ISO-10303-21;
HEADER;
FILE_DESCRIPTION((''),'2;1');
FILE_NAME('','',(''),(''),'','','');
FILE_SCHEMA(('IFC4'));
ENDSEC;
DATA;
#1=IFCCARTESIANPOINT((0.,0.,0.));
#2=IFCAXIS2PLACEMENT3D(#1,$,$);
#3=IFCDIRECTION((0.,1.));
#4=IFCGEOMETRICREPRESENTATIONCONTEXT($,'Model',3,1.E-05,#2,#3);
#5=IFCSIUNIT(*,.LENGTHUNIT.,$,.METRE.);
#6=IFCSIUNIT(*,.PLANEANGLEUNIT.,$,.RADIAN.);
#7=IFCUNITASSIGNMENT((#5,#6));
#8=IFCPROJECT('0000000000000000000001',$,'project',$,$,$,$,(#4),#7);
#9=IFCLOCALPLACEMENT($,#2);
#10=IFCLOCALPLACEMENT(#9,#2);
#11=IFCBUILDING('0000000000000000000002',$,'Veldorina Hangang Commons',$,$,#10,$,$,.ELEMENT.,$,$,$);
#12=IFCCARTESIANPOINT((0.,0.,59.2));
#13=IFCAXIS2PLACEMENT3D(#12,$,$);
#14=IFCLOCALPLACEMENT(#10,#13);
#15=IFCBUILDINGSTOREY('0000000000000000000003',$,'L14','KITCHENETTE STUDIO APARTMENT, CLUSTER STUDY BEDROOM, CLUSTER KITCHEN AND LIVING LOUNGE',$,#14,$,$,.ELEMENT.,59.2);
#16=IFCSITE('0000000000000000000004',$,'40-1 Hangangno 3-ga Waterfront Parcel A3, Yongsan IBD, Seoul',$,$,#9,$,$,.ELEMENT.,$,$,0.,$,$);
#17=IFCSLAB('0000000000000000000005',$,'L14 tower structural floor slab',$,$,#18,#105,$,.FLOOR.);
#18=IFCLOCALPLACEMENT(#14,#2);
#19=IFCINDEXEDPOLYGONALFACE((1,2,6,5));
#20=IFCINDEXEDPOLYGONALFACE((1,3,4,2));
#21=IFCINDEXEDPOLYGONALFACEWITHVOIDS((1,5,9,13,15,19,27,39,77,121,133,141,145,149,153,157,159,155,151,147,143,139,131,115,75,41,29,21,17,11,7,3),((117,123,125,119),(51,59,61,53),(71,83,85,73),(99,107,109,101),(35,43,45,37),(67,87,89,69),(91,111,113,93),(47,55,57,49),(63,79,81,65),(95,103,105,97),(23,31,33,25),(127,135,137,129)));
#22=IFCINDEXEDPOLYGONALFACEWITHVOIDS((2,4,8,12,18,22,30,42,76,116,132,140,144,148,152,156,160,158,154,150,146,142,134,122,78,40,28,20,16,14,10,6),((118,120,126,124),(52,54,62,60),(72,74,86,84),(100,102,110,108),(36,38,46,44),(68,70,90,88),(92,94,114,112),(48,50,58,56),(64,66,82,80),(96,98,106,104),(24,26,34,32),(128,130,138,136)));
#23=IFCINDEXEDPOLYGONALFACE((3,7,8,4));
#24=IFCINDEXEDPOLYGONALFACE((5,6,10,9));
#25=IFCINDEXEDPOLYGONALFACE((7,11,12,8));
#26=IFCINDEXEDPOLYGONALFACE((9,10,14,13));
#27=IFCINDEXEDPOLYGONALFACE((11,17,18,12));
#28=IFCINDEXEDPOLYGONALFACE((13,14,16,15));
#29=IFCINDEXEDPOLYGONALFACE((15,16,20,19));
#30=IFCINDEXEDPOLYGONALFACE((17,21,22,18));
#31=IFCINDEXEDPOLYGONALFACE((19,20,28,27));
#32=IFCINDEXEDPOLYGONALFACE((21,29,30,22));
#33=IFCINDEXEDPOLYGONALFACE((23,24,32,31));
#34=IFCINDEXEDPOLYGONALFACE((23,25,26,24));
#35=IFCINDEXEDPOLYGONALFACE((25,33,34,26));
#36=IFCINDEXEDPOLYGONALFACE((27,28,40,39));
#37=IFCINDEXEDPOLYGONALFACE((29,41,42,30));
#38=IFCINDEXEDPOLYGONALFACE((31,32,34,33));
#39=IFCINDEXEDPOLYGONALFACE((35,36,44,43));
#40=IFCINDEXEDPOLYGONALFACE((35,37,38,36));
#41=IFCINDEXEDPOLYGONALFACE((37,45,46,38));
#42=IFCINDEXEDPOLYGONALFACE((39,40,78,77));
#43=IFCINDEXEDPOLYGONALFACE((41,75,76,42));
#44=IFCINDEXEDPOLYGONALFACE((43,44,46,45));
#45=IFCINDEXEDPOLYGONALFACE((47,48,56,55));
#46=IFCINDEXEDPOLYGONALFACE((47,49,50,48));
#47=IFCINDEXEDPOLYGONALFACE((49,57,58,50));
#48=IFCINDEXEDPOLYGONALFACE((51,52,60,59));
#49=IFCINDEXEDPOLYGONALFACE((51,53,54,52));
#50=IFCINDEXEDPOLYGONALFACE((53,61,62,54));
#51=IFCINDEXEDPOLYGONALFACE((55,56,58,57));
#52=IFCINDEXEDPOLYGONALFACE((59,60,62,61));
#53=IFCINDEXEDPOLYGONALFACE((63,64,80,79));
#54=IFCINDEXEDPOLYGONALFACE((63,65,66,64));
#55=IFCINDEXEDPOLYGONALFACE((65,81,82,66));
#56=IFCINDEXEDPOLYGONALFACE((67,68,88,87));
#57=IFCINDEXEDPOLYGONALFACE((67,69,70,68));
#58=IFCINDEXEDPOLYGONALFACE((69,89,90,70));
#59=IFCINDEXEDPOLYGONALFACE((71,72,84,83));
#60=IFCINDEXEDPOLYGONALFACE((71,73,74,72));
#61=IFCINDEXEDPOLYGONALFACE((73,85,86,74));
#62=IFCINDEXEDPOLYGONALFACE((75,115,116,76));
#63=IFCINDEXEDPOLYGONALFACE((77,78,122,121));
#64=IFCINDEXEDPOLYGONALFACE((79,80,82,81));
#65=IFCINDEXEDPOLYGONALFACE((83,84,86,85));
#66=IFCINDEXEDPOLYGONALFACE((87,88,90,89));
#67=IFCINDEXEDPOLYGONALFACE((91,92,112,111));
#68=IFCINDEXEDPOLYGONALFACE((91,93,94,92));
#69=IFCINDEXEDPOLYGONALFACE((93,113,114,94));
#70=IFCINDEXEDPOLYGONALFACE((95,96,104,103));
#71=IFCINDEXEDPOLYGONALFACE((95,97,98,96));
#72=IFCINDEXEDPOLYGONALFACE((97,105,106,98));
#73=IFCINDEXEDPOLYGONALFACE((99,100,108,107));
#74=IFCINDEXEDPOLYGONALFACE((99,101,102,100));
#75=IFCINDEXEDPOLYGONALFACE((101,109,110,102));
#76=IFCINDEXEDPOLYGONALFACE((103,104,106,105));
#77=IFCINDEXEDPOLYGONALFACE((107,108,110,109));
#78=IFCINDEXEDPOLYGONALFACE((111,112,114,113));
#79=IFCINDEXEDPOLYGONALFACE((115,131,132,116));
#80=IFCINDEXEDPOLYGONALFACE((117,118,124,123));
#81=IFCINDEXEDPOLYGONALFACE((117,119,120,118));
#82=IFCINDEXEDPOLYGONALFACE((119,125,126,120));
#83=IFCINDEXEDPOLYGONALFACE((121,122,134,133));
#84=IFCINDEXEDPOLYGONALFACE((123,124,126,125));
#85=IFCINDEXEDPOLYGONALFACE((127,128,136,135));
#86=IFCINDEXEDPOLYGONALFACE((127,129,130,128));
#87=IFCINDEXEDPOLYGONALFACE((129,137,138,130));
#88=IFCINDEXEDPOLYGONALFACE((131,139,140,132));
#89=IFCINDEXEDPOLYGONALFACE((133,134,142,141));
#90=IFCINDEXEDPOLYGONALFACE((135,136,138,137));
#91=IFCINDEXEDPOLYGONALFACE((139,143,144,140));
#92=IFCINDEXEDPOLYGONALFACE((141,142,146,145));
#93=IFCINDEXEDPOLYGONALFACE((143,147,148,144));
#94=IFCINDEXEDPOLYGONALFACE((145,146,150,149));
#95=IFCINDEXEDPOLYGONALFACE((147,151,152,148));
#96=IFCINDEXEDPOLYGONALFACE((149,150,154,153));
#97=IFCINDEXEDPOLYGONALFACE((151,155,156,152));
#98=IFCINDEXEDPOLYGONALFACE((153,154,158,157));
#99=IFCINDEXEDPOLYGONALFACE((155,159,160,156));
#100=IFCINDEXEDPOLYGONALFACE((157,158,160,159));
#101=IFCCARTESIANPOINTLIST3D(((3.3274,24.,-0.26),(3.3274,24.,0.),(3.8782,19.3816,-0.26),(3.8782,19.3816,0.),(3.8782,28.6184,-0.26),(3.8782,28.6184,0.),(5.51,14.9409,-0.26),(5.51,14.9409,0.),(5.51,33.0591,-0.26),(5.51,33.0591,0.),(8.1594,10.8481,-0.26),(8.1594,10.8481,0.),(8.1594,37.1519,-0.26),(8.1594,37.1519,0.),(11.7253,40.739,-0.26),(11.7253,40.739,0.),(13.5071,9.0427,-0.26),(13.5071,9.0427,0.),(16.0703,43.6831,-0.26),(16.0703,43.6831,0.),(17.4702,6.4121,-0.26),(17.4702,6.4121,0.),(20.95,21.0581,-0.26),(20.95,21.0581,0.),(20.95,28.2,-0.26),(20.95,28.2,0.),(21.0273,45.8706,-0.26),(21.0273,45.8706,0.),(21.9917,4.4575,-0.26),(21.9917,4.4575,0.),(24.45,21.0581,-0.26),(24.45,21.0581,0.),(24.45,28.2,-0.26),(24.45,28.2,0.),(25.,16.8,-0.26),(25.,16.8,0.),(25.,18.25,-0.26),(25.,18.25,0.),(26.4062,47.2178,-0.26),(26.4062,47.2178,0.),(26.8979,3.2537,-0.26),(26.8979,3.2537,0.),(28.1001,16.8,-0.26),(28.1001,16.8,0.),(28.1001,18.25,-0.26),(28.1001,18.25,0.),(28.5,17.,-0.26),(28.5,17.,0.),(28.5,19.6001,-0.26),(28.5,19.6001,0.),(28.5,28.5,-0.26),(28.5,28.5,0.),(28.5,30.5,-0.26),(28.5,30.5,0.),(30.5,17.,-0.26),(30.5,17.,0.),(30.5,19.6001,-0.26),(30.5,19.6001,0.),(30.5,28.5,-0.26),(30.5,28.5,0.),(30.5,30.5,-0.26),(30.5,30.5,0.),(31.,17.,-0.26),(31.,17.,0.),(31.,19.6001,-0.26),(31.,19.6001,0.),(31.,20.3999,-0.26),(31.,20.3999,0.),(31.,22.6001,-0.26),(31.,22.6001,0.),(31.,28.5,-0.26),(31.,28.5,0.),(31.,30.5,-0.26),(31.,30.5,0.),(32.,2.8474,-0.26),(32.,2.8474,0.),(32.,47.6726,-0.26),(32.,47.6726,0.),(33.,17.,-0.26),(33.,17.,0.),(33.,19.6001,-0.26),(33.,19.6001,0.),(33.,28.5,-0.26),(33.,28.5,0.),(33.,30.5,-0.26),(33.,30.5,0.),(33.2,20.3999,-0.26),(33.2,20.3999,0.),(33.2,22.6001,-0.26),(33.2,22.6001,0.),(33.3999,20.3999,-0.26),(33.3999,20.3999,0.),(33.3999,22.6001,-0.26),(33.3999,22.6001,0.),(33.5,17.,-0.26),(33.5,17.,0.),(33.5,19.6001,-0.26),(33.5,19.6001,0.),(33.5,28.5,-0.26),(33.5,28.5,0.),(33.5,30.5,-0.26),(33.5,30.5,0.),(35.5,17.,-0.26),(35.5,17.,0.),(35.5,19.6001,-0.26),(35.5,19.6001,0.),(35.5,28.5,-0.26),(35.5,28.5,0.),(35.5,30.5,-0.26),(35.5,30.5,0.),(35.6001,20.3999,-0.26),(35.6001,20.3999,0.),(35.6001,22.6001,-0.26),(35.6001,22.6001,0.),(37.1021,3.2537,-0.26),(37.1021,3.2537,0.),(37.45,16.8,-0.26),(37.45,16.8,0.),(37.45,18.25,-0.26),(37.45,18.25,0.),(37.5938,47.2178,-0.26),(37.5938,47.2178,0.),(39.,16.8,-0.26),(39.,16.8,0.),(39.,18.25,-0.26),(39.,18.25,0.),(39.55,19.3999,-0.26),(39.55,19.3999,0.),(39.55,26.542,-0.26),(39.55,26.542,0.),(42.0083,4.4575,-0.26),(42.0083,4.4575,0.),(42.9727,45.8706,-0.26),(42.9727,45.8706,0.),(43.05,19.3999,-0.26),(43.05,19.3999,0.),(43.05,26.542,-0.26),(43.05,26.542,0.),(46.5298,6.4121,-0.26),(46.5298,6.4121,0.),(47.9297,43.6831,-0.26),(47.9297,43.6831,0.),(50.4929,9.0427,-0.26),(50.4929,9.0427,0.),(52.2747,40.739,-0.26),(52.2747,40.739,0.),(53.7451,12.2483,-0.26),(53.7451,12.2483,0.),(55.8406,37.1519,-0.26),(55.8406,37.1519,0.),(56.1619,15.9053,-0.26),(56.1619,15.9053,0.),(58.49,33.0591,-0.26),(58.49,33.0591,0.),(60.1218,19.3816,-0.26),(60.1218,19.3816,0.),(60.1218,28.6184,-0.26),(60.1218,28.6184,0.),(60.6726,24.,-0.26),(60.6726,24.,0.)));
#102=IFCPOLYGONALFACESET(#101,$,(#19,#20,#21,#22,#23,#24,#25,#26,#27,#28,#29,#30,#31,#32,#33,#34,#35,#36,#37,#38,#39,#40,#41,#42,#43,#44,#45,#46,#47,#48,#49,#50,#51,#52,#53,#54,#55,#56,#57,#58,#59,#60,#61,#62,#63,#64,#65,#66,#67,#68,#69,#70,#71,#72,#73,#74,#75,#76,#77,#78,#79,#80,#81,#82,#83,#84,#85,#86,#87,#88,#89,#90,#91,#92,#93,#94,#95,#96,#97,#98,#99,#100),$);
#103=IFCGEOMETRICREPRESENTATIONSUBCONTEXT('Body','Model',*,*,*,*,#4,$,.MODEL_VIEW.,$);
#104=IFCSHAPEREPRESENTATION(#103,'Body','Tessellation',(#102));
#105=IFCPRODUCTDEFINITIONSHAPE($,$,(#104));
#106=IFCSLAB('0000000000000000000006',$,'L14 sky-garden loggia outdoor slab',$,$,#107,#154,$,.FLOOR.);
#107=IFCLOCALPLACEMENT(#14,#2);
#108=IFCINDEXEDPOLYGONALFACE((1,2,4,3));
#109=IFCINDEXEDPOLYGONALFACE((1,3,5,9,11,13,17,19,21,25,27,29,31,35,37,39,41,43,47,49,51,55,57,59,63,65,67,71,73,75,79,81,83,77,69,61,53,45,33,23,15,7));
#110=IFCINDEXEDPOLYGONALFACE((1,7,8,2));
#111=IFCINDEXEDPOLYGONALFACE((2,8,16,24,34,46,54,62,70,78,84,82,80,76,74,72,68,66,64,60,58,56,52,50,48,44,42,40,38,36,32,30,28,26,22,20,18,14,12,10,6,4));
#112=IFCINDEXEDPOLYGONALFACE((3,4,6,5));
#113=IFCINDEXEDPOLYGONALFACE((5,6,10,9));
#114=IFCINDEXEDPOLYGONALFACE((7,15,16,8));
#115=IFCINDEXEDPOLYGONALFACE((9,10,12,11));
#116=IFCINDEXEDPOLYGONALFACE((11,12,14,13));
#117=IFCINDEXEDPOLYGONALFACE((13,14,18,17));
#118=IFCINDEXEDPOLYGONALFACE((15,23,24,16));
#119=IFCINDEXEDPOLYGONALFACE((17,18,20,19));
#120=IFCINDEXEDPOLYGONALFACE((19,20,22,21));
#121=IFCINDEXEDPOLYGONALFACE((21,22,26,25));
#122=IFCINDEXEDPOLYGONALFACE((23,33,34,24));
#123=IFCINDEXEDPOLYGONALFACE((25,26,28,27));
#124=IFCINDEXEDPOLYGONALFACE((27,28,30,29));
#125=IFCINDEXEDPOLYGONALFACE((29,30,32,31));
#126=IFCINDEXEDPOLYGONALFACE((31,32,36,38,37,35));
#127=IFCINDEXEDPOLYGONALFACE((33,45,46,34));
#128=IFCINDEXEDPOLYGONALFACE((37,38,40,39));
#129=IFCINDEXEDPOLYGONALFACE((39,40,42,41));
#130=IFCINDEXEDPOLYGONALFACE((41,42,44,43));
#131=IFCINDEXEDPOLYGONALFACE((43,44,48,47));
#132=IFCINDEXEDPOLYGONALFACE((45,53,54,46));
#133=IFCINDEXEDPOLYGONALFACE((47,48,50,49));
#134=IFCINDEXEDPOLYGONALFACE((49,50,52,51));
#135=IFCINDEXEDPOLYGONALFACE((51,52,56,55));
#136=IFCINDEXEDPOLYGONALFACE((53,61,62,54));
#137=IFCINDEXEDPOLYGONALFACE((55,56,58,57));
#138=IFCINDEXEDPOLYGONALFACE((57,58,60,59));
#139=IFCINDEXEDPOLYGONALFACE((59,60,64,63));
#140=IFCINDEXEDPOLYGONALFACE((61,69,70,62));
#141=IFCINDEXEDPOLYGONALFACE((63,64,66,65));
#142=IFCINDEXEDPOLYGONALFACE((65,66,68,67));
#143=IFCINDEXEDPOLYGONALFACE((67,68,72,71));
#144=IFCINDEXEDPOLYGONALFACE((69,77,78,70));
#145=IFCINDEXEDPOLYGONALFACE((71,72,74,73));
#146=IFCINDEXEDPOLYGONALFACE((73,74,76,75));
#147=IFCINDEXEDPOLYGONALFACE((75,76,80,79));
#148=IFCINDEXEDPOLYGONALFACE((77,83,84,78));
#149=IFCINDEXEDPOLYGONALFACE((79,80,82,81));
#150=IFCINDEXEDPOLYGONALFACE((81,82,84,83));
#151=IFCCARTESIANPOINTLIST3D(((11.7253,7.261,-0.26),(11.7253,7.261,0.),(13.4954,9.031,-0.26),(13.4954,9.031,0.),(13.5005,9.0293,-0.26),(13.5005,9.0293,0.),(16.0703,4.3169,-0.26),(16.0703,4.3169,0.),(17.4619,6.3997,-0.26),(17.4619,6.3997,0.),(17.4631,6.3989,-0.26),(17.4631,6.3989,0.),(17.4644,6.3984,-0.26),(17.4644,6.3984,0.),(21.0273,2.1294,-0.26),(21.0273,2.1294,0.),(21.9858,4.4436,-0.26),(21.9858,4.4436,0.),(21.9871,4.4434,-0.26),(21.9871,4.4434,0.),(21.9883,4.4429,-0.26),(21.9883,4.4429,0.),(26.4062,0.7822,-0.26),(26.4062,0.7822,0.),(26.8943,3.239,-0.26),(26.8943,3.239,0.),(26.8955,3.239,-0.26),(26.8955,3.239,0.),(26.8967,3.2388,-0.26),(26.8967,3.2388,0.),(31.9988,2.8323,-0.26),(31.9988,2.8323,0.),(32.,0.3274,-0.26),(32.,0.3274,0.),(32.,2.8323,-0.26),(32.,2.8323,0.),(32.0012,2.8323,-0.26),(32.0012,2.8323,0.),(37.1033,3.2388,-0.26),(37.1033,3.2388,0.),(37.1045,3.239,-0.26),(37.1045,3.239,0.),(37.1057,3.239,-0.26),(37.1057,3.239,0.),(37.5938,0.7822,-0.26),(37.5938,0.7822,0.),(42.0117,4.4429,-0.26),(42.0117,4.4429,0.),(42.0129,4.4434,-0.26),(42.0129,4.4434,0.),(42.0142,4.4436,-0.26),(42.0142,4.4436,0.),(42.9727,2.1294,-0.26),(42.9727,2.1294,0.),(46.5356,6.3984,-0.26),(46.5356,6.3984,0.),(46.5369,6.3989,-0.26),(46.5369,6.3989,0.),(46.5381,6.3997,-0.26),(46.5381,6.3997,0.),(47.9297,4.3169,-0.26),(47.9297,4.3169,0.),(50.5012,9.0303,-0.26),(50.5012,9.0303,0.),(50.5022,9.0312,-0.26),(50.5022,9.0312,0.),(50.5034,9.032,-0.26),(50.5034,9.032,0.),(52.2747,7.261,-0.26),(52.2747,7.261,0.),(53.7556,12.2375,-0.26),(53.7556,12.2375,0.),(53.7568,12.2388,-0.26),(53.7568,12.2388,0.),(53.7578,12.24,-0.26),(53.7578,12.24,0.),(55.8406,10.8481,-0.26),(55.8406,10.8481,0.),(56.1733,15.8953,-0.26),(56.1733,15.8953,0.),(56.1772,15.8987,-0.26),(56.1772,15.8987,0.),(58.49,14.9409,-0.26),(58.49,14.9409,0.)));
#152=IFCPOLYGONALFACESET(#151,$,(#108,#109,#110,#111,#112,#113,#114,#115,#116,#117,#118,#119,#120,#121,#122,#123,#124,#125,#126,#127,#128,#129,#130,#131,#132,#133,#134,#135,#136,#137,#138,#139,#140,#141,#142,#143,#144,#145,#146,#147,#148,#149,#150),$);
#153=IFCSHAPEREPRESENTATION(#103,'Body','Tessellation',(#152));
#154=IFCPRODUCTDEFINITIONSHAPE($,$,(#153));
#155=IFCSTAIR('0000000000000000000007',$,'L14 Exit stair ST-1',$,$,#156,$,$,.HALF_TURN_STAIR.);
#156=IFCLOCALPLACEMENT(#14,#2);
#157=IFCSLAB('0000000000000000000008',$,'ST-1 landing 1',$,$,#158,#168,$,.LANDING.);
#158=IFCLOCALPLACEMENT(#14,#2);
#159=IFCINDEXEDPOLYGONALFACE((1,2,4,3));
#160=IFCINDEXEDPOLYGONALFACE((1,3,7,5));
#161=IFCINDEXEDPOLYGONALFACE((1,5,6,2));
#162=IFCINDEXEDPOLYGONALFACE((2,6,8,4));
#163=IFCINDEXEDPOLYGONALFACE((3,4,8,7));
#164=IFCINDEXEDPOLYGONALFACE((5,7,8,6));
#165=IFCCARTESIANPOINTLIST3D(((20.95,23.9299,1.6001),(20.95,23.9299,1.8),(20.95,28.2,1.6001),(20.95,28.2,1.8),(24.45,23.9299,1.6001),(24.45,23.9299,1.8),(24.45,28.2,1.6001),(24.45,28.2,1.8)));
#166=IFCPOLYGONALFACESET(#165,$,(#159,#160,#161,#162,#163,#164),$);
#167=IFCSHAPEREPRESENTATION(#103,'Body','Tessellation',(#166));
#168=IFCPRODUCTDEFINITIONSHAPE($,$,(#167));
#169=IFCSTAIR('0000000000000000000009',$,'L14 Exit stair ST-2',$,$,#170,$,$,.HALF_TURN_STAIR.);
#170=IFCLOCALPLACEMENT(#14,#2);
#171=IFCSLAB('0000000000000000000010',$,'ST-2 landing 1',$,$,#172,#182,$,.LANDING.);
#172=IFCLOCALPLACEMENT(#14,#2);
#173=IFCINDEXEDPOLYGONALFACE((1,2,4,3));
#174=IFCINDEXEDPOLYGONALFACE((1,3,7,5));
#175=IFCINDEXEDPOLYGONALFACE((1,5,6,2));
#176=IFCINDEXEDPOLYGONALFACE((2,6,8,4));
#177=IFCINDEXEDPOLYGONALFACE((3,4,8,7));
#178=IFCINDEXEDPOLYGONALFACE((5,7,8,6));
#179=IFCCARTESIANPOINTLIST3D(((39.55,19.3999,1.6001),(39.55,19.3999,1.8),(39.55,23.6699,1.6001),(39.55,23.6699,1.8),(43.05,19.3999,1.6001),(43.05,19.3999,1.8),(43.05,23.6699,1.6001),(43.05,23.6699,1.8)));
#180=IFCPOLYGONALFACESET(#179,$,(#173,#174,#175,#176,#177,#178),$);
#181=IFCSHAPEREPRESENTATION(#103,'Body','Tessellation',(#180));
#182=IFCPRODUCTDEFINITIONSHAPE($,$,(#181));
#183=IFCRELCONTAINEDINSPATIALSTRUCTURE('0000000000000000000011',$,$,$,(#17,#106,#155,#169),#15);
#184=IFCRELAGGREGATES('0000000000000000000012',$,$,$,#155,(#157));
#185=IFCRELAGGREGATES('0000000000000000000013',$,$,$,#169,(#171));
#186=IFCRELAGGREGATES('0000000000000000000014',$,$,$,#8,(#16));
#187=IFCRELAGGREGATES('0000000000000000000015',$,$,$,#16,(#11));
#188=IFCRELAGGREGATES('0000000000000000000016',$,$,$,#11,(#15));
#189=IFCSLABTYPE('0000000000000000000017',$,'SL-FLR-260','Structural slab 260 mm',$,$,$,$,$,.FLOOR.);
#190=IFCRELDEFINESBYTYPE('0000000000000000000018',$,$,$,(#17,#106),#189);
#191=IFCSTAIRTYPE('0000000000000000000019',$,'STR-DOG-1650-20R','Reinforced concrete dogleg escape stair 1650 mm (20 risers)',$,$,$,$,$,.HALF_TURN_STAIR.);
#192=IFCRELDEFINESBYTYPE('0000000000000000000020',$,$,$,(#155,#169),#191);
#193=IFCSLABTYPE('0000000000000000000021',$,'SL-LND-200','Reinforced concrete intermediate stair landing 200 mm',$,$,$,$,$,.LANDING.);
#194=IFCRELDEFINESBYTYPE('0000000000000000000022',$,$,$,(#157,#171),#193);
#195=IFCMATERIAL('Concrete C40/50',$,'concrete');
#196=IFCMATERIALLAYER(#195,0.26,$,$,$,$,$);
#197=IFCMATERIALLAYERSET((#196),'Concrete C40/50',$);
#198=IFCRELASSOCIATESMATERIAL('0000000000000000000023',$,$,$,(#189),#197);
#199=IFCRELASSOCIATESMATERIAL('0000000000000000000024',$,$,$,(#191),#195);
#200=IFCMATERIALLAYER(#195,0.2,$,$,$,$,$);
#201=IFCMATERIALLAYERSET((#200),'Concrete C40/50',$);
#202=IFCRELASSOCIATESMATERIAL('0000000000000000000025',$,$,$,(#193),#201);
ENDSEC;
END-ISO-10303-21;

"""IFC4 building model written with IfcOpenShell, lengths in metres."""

from ifc_helpers import new_model, si_unit, direction, frame, origin, place, context, subcontext, project, spatial, polyline, outline, extrude, material, layer, layer_set, type_object, element, aggregate, save


model = new_model("IFC4")

# Units and contexts
model_context = context("Model", 3, precision=1e-05, world=origin(), true_north=direction((0.0, 1.0)))
body_context = subcontext(model_context, "Body", "Model", "MODEL_VIEW")
ifc_project = project(units=[si_unit("LENGTHUNIT", "METRE"), si_unit("PLANEANGLEUNIT", "RADIAN")], contexts=[model_context])

# Site, building, storey
site_placement = place(None, origin())
site = spatial("IfcSite", under=ifc_project, at=site_placement, Name="40-1 Hangangno 3-ga Waterfront Parcel A3, Yongsan IBD, Seoul", CompositionType="ELEMENT", RefElevation=0.0)
building_placement = place(site_placement, origin())
building = spatial("IfcBuilding", under=site, at=building_placement, Name="Veldorina Hangang Commons", CompositionType="ELEMENT")
storey_placement = place(building_placement, frame((0.0, 0.0, 59.2)))
storey = spatial("IfcBuildingStorey", under=building, at=storey_placement, Name="L14", Description="KITCHENETTE STUDIO APARTMENT, CLUSTER STUDY BEDROOM, CLUSTER KITCHEN AND LIVING LOUNGE", CompositionType="ELEMENT", Elevation=59.2)

# Slabs
ifc_material_1 = material(Name="Concrete C40/50", Category="concrete")
ifc_layer_1 = layer(ifc_material_1, 0.26)
ifc_layer_set_1 = layer_set([ifc_layer_1], Name="Concrete C40/50")
slab_type_1 = type_object("IfcSlabType", Name="SL-FLR-260", Description="Structural slab 260 mm", PredefinedType="FLOOR", material=ifc_layer_set_1)
slab_1_placement = place(storey_placement, frame((0.0, 0.0, -0.26)))
element("IfcSlab", 1, at=slab_1_placement, inside=storey, type_object=slab_type_1, Name="L14 tower structural floor slab", PredefinedType="FLOOR", context=body_context, shape_type="SweptSolid", body=[
    extrude(outline(polyline([(60.6726, 24.0), (60.1218, 28.6184), (58.49, 33.0591), (55.8406, 37.1519), (52.2747, 40.739), (47.9297, 43.6831), (42.9727, 45.8706), (37.5938, 47.2178), (32.0, 47.6726), (26.4062, 47.2178), (21.0273, 45.8706), (16.0703, 43.6831), (11.7253, 40.739), (8.1594, 37.1519), (5.51, 33.0591), (3.8782, 28.6184), (3.3274, 24.0), (3.8782, 19.3816), (5.51, 14.9409), (8.1594, 10.8481), (13.5071, 9.0427), (17.4702, 6.4121), (21.9917, 4.4575), (26.8979, 3.2537), (32.0, 2.8474), (37.1021, 3.2537), (42.0083, 4.4575), (46.5298, 6.4121), (50.4929, 9.0427), (53.7451, 12.2483), (56.1619, 15.9053), (60.1218, 19.3816), (60.6726, 24.0)]), holes=[polyline([(20.95, 21.0581), (20.95, 28.2), (24.45, 28.2), (24.45, 21.0581), (20.95, 21.0581)]), polyline([(43.05, 26.542), (43.05, 19.3999), (39.55, 19.3999), (39.55, 26.542), (43.05, 26.542)]), polyline([(28.5, 30.5), (30.5, 30.5), (30.5, 28.5), (28.5, 28.5), (28.5, 30.5)]), polyline([(31.0, 30.5), (33.0, 30.5), (33.0, 28.5), (31.0, 28.5), (31.0, 30.5)]), polyline([(33.5, 30.5), (35.5, 30.5), (35.5, 28.5), (33.5, 28.5), (33.5, 30.5)]), polyline([(31.0, 22.6001), (33.2, 22.6001), (33.2, 20.3999), (31.0, 20.3999), (31.0, 22.6001)]), polyline([(33.3999, 22.6001), (35.6001, 22.6001), (35.6001, 20.3999), (33.3999, 20.3999), (33.3999, 22.6001)]), polyline([(28.5, 19.6001), (30.5, 19.6001), (30.5, 17.0), (28.5, 17.0), (28.5, 19.6001)]), polyline([(31.0, 19.6001), (33.0, 19.6001), (33.0, 17.0), (31.0, 17.0), (31.0, 19.6001)]), polyline([(33.5, 19.6001), (35.5, 19.6001), (35.5, 17.0), (33.5, 17.0), (33.5, 19.6001)]), polyline([(25.0, 18.25), (28.1001, 18.25), (28.1001, 16.8), (25.0, 16.8), (25.0, 18.25)]), polyline([(37.45, 18.25), (39.0, 18.25), (39.0, 16.8), (37.45, 16.8), (37.45, 18.25)])]), origin(), (0.0, 0.0, 1.0), 0.26),
])
slab_2_placement = place(storey_placement, frame((0.0, 0.0, -0.26)))
element("IfcSlab", 2, at=slab_2_placement, inside=storey, type_object=slab_type_1, Name="L14 sky-garden loggia outdoor slab", PredefinedType="FLOOR", context=body_context, shape_type="SweptSolid", body=[
    extrude(outline(polyline([(58.49, 14.9409), (55.8406, 10.8481), (52.2747, 7.261), (47.9297, 4.3169), (42.9727, 2.1294), (37.5938, 0.7822), (32.0, 0.3274), (26.4062, 0.7822), (21.0273, 2.1294), (16.0703, 4.3169), (11.7253, 7.261), (13.4954, 9.031), (13.5005, 9.0293), (17.4619, 6.3997), (17.4631, 6.3989), (17.4644, 6.3984), (21.9858, 4.4436), (21.9871, 4.4434), (21.9883, 4.4429), (26.8943, 3.239), (26.8955, 3.239), (26.8967, 3.2388), (31.9988, 2.8323), (32.0, 2.8323), (32.0012, 2.8323), (37.1033, 3.2388), (37.1045, 3.239), (37.1057, 3.239), (42.0117, 4.4429), (42.0129, 4.4434), (42.0142, 4.4436), (46.5356, 6.3984), (46.5369, 6.3989), (46.5381, 6.3997), (50.5012, 9.0303), (50.5022, 9.0312), (50.5034, 9.032), (53.7556, 12.2375), (53.7568, 12.2388), (53.7578, 12.24), (56.1733, 15.8953), (56.1772, 15.8987), (58.49, 14.9409)])), origin(), (0.0, 0.0, 1.0), 0.26),
])

# Stairs, slabs
stair_type = type_object("IfcStairType", Name="STR-DOG-1650-20R", Description="Reinforced concrete dogleg escape stair 1650 mm (20 risers)", PredefinedType="HALF_TURN_STAIR", material=ifc_material_1)
stair_1_placement = place(storey_placement, origin())
stair_1 = element("IfcStair", 3, at=stair_1_placement, inside=storey, type_object=stair_type, Name="L14 Exit stair ST-1", PredefinedType="HALF_TURN_STAIR")
ifc_layer_2 = layer(ifc_material_1, 0.2)
ifc_layer_set_2 = layer_set([ifc_layer_2], Name="Concrete C40/50")
slab_type_2 = type_object("IfcSlabType", Name="SL-LND-200", Description="Reinforced concrete intermediate stair landing 200 mm", PredefinedType="LANDING", material=ifc_layer_set_2)
slab_3_placement = place(storey_placement, frame((0.0, 0.0, 1.6001)))
slab_3 = element("IfcSlab", 4, at=slab_3_placement, type_object=slab_type_2, Name="ST-1 landing 1", PredefinedType="LANDING", context=body_context, shape_type="SweptSolid", body=[
    extrude(outline(polyline([(24.45, 23.9299), (24.45, 28.2), (20.95, 28.2), (20.95, 23.9299), (24.45, 23.9299)])), origin(), (0.0, 0.0, 1.0), 0.2),
])
aggregate(stair_1, [slab_3])
stair_2_placement = place(storey_placement, origin())
stair_2 = element("IfcStair", 5, at=stair_2_placement, inside=storey, type_object=stair_type, Name="L14 Exit stair ST-2", PredefinedType="HALF_TURN_STAIR")
slab_4_placement = place(storey_placement, frame((0.0, 0.0, 1.6001)))
slab_4 = element("IfcSlab", 6, at=slab_4_placement, type_object=slab_type_2, Name="ST-2 landing 1", PredefinedType="LANDING", context=body_context, shape_type="SweptSolid", body=[
    extrude(outline(polyline([(39.55, 23.6699), (39.55, 19.3999), (43.05, 19.3999), (43.05, 23.6699), (39.55, 23.6699)])), origin(), (0.0, 0.0, 1.0), 0.2),
])
aggregate(stair_2, [slab_4])

save(model, "model.ifc")
